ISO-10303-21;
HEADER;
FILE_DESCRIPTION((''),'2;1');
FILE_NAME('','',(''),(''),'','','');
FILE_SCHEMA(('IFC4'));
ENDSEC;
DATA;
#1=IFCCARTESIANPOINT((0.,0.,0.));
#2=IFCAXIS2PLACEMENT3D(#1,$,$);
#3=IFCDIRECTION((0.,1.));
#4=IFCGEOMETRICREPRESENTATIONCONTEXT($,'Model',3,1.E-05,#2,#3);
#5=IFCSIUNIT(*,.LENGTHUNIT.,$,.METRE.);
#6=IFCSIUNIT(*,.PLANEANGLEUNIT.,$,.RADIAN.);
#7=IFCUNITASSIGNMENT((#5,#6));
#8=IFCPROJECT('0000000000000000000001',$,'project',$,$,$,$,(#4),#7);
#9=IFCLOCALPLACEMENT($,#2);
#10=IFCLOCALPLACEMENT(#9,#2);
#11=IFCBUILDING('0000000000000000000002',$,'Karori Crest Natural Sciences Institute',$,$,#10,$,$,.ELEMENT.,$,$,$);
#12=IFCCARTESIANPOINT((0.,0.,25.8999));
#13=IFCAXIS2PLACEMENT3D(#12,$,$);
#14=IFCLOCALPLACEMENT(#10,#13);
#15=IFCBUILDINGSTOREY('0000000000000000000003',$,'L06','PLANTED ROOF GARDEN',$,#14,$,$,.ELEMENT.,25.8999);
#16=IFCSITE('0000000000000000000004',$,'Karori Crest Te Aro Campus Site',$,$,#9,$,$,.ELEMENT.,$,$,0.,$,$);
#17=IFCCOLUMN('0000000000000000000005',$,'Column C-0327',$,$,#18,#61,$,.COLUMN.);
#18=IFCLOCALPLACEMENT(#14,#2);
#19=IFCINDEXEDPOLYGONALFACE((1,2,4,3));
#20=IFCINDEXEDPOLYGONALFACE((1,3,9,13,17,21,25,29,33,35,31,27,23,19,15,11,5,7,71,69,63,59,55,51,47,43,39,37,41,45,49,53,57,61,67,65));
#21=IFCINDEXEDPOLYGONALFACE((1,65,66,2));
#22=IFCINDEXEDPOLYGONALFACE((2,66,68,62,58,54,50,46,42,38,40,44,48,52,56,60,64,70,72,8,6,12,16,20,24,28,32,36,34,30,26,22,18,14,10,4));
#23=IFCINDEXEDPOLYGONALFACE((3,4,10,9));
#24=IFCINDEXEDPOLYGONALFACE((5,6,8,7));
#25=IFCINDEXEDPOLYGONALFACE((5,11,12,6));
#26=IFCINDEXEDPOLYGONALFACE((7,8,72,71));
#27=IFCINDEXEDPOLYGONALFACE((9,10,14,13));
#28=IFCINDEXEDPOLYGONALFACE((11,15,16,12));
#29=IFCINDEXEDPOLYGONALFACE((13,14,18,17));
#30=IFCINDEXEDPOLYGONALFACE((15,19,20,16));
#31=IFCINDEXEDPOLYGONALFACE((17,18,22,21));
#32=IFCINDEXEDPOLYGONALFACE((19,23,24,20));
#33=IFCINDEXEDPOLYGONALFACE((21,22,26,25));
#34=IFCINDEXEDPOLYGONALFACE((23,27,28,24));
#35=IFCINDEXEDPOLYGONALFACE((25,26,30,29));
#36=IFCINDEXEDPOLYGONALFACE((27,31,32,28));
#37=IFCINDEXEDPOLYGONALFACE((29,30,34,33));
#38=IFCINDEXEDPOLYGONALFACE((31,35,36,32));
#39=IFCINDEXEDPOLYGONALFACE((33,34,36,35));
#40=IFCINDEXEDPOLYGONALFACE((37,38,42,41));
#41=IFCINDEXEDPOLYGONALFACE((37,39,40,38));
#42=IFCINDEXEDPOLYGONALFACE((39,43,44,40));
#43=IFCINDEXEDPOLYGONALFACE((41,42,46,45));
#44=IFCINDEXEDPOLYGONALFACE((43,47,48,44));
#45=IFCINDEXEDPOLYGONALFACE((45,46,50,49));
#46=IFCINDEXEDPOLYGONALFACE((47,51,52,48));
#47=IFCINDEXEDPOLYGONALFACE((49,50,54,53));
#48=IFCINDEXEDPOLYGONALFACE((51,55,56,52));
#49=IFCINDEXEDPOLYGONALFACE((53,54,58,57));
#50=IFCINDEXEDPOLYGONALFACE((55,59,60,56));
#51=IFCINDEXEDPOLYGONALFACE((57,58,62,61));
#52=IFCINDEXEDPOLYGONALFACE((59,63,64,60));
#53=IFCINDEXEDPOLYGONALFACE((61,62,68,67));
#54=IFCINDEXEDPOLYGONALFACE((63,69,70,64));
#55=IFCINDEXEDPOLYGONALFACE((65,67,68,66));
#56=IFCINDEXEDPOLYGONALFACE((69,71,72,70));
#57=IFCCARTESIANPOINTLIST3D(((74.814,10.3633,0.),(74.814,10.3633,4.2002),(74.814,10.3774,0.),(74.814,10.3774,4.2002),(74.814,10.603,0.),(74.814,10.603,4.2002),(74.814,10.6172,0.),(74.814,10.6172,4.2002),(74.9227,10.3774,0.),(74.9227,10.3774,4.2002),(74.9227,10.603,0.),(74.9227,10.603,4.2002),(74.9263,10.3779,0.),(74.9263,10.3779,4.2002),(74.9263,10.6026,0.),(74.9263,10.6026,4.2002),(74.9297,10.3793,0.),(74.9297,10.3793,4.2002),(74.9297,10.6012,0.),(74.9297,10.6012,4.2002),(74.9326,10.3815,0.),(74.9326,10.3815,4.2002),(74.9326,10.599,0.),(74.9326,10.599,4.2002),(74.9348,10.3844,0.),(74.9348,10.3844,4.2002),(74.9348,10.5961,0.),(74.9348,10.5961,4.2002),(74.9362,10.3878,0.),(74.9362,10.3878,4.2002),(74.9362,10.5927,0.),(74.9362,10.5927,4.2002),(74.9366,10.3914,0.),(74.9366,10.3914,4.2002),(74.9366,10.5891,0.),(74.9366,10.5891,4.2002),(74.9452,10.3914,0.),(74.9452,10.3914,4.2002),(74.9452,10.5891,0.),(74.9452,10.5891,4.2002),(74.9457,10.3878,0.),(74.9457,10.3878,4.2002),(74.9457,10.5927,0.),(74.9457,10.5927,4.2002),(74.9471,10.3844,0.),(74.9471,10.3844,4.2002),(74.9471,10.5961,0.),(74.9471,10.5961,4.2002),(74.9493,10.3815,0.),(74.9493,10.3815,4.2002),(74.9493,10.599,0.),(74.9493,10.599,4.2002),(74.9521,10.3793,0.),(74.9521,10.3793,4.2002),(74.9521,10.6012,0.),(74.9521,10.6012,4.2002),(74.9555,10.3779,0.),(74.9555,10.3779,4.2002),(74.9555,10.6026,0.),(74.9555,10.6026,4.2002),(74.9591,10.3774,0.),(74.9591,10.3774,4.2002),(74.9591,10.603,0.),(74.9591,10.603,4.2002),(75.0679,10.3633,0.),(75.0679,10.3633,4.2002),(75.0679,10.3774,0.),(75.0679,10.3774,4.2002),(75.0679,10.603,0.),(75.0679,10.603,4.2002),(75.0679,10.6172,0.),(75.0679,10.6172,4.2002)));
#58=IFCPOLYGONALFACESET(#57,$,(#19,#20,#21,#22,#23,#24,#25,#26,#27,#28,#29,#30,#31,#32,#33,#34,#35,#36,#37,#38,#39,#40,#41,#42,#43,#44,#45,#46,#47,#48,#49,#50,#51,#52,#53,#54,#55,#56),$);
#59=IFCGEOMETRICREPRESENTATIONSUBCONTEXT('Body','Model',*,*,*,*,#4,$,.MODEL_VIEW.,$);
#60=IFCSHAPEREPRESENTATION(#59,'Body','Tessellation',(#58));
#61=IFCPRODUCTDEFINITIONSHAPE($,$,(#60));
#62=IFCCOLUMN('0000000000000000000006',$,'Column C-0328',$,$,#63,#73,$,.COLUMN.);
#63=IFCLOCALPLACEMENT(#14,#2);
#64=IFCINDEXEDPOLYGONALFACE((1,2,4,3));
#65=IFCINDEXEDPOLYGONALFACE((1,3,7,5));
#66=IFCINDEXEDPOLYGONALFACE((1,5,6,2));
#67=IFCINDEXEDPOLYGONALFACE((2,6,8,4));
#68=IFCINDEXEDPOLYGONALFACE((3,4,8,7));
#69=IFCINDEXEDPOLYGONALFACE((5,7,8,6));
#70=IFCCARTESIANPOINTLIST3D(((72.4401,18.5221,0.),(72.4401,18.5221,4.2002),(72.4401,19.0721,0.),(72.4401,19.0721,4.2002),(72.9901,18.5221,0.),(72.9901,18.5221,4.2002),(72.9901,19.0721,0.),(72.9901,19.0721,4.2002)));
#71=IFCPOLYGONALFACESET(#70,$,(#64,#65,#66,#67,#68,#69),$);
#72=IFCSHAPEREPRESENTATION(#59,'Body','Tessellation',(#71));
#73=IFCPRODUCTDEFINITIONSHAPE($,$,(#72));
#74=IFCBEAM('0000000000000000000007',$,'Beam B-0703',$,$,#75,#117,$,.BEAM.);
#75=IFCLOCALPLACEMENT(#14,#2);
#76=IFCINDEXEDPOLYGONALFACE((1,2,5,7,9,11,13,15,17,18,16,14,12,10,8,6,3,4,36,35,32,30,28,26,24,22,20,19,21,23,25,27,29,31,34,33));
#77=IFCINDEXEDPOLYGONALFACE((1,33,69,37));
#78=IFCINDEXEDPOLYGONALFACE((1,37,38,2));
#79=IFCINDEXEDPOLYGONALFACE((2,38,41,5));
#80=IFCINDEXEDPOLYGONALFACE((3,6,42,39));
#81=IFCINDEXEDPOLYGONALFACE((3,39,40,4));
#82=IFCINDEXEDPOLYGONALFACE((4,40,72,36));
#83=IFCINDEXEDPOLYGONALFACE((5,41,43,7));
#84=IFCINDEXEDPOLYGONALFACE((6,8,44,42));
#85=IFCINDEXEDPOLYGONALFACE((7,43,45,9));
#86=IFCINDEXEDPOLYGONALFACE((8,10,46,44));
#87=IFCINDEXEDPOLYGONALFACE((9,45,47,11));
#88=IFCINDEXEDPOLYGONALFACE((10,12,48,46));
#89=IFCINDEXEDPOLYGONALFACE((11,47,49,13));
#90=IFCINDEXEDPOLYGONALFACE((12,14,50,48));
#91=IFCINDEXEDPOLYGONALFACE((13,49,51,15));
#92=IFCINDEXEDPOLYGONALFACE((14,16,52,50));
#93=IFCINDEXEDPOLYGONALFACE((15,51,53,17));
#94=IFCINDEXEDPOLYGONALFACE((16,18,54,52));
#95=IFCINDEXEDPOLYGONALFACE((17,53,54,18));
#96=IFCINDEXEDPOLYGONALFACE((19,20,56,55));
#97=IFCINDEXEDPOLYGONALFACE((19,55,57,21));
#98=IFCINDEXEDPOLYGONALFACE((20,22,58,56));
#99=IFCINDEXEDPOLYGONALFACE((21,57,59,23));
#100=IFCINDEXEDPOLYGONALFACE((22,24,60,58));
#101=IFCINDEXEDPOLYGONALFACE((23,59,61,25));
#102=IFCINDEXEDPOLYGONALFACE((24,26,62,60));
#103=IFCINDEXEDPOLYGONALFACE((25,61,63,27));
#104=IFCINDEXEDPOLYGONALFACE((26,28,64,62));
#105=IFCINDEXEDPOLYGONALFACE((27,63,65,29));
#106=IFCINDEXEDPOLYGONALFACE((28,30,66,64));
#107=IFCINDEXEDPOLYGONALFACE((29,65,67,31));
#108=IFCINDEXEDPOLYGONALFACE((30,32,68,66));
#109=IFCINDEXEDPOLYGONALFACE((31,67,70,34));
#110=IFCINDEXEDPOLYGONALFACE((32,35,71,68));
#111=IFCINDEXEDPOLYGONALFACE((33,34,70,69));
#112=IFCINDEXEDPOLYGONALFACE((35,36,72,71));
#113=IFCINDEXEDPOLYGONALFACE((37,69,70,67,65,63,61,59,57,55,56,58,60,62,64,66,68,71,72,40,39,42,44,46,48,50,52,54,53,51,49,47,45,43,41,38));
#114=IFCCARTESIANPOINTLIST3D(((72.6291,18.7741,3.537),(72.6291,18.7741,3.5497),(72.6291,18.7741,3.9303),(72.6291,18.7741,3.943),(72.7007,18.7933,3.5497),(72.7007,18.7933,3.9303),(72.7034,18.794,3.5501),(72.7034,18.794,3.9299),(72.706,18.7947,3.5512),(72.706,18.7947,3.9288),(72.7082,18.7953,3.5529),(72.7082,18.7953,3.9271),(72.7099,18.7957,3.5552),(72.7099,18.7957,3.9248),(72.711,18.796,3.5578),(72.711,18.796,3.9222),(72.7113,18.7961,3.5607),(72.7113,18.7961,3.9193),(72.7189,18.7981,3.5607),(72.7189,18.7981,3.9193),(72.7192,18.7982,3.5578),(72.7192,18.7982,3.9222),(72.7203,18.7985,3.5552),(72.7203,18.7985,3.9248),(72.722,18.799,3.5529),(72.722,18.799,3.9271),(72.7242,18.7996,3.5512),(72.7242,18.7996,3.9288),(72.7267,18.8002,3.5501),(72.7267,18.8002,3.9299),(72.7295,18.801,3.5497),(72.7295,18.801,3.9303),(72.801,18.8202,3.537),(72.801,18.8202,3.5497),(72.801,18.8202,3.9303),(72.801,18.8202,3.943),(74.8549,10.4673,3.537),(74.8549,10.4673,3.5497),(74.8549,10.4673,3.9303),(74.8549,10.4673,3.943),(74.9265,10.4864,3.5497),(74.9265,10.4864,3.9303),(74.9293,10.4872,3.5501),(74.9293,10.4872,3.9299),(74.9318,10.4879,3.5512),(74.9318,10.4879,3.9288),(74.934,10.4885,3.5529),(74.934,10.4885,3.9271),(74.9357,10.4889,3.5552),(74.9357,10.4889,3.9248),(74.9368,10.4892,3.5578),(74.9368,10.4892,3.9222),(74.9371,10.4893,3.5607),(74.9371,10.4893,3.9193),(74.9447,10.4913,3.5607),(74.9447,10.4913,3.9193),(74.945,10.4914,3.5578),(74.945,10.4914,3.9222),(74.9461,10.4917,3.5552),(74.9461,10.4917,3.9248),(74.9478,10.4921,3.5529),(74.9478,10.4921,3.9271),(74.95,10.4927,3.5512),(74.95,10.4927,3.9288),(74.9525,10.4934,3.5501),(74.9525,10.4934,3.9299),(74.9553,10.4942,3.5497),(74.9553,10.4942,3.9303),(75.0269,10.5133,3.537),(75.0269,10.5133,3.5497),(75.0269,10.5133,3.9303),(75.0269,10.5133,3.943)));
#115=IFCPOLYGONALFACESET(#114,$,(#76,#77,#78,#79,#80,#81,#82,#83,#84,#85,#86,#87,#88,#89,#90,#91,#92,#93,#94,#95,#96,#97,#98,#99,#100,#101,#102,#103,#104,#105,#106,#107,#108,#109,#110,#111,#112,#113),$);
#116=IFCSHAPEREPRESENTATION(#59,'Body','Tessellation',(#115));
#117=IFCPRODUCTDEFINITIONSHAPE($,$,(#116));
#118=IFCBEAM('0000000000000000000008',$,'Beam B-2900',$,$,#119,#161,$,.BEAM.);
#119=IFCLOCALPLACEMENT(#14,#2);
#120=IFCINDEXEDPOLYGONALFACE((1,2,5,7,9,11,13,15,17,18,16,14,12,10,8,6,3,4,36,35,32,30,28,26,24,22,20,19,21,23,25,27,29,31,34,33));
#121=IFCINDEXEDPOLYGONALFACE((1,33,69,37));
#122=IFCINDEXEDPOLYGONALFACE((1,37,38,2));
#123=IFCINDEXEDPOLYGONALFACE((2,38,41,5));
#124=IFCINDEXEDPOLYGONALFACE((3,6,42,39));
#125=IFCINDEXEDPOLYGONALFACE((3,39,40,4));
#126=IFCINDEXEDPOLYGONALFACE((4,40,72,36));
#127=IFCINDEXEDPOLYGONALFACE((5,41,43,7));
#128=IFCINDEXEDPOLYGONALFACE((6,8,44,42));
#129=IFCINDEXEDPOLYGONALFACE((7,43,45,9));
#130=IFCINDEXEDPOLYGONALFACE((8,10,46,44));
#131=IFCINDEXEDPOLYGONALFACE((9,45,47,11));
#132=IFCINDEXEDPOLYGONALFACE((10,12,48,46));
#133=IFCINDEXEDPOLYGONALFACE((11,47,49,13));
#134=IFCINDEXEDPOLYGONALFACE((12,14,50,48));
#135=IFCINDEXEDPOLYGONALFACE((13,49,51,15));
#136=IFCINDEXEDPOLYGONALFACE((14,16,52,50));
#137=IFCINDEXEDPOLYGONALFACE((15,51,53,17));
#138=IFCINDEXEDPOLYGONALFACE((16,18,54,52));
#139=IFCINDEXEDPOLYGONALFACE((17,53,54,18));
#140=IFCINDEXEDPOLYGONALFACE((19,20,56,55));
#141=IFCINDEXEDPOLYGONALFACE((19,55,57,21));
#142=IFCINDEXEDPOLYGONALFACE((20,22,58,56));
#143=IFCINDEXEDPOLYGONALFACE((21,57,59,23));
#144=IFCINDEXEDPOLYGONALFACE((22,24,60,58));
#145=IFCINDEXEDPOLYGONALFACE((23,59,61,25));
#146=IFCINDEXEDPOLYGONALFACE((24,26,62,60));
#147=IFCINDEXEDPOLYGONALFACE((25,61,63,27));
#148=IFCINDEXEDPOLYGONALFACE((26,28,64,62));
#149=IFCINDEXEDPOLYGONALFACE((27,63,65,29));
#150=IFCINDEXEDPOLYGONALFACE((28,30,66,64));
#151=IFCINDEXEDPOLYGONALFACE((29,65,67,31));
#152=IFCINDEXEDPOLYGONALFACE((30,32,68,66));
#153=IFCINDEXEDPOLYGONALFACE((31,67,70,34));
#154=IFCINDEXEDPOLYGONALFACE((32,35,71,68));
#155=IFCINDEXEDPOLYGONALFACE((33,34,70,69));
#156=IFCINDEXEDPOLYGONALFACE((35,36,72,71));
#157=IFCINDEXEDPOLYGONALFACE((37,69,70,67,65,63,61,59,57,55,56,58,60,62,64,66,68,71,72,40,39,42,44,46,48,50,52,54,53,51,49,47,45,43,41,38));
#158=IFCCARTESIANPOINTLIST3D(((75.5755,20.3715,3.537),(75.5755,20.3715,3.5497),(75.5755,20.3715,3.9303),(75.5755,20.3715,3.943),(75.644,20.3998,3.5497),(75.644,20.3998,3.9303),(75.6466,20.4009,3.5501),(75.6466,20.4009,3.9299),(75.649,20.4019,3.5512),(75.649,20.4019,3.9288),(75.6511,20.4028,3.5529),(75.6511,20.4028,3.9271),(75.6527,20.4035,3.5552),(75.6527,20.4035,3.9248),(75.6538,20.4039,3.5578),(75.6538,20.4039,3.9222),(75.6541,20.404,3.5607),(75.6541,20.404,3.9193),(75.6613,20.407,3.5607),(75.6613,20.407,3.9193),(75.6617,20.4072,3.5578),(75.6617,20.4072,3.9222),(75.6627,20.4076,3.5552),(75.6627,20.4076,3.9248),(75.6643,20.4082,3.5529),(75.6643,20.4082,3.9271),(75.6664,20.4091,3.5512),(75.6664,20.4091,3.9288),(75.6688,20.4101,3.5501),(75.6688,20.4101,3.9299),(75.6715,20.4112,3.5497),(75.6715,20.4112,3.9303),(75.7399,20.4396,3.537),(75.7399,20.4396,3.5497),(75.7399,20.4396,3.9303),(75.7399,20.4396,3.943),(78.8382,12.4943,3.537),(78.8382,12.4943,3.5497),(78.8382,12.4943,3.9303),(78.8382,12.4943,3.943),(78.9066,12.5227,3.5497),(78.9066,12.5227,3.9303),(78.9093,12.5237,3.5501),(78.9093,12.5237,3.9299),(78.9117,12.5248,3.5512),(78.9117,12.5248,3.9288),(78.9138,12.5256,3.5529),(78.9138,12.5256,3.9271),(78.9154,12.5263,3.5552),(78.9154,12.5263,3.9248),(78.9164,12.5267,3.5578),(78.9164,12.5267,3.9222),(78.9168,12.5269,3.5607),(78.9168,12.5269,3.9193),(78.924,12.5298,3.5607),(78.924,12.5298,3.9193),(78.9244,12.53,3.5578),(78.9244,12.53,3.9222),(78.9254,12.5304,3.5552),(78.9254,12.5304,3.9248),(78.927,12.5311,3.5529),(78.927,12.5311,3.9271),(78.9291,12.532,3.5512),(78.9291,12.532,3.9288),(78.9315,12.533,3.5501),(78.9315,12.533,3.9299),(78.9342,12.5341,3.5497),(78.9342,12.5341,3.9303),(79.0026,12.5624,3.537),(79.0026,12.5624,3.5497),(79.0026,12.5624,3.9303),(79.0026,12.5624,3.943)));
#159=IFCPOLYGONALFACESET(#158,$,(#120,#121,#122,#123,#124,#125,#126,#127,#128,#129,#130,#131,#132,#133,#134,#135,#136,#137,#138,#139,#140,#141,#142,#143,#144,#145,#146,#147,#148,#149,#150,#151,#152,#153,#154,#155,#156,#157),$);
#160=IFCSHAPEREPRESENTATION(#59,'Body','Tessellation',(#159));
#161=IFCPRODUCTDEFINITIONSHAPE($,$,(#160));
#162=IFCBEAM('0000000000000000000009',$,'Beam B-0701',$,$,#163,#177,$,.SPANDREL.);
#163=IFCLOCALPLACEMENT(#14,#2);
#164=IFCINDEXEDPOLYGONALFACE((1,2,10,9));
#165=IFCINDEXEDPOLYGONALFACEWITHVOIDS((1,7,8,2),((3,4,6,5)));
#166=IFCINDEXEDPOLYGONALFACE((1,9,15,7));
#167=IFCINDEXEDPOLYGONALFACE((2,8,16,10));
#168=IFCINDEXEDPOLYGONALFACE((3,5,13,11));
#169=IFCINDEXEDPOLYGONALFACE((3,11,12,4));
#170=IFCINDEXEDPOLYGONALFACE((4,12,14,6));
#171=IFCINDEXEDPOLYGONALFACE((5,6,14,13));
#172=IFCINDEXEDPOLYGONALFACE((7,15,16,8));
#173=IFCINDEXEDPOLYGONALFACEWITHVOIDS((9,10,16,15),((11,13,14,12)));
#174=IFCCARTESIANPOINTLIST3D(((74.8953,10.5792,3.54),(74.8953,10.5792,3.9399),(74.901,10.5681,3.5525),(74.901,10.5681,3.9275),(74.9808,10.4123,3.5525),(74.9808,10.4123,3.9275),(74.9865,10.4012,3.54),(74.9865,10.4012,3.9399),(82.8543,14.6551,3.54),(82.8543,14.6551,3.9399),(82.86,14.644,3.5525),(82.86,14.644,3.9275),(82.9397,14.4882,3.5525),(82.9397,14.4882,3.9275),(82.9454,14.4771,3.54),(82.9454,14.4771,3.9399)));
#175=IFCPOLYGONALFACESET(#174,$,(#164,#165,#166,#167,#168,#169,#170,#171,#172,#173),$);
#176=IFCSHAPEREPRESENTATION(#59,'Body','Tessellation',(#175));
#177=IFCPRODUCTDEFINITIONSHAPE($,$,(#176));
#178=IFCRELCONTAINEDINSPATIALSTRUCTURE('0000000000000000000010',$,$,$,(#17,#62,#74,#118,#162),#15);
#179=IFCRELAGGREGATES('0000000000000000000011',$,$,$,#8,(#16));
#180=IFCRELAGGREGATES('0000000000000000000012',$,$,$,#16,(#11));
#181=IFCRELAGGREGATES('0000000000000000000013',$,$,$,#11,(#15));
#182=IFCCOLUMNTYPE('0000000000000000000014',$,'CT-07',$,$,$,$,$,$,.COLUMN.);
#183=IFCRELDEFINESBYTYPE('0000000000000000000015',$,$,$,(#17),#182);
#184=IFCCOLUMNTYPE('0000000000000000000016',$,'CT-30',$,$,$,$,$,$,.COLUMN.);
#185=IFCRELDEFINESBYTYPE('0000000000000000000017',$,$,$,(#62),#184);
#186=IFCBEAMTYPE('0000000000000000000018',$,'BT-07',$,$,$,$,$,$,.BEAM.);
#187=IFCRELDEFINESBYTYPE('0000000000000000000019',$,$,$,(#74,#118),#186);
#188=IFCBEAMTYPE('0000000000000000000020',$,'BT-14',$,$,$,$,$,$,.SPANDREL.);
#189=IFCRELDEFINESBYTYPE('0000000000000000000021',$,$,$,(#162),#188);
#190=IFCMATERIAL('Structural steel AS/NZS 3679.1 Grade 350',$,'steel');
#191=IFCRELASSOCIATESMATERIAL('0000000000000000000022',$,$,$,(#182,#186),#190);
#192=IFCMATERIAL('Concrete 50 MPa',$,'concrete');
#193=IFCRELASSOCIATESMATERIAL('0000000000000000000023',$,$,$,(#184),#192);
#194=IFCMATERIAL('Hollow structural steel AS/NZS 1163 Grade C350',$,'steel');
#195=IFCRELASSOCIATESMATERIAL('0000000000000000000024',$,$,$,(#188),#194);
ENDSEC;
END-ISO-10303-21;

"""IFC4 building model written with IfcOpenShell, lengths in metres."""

from ifc_helpers import new_model, si_unit, direction, frame, origin, origin_2d, place, context, subcontext, project, spatial, rectangle, hollow_rectangle, i_section, extrude, material, material_profile, profile_set, type_object, element, save


model = new_model("IFC4")

# Units and contexts
model_context = context("Model", 3, precision=1e-05, world=origin(), true_north=direction((0.0, 1.0)))
body_context = subcontext(model_context, "Body", "Model", "MODEL_VIEW")
ifc_project = project(units=[si_unit("LENGTHUNIT", "METRE"), si_unit("PLANEANGLEUNIT", "RADIAN")], contexts=[model_context])

# Site, building, storey
site_placement = place(None, origin())
site = spatial("IfcSite", under=ifc_project, at=site_placement, Name="Karori Crest Te Aro Campus Site", CompositionType="ELEMENT", RefElevation=0.0)
building_placement = place(site_placement, origin())
building = spatial("IfcBuilding", under=site, at=building_placement, Name="Karori Crest Natural Sciences Institute", CompositionType="ELEMENT")
storey_placement = place(building_placement, frame((0.0, 0.0, 25.8999)))
storey = spatial("IfcBuildingStorey", under=building, at=storey_placement, Name="L06", Description="PLANTED ROOF GARDEN", CompositionType="ELEMENT", Elevation=25.8999)

# Columns
ifc_material_1 = material(Name="Structural steel AS/NZS 3679.1 Grade 350", Category="steel")
ifc_material_profile_1 = material_profile(ifc_material_1, i_section(OverallWidth=0.2539, OverallDepth=0.2539, WebThickness=0.0085, FlangeThickness=0.0142, FilletRadius=0.0139, at=origin_2d()), Name="250UC72.9")
ifc_profile_set_1 = profile_set([ifc_material_profile_1], Name="Structural steel AS/NZS 3679.1 Grade 350")
column_type_1 = type_object("IfcColumnType", Name="CT-07", PredefinedType="COLUMN", material=ifc_profile_set_1)
column_1_placement = place(storey_placement, frame((74.9409, 10.4902, 0.0), z_axis=(0.0, 0.0, 1.0), x_axis=(1.0, 0.0, 0.0)))
element("IfcColumn", 1, at=column_1_placement, inside=storey, type_object=column_type_1, Name="Column C-0327", PredefinedType="COLUMN", context=body_context, shape_type="SweptSolid", body=[
    extrude(i_section(OverallWidth=0.2539, OverallDepth=0.2539, WebThickness=0.0085, FlangeThickness=0.0142, FilletRadius=0.0139, at=origin_2d()), origin(), (0.0, 0.0, 1.0), 4.2002),
])
ifc_material_2 = material(Name="Concrete 50 MPa", Category="concrete")
ifc_material_profile_2 = material_profile(ifc_material_2, rectangle(XDim=0.55, YDim=0.55, at=origin_2d()), Name="RC550x550")
ifc_profile_set_2 = profile_set([ifc_material_profile_2], Name="Concrete 50 MPa")
column_type_2 = type_object("IfcColumnType", Name="CT-30", PredefinedType="COLUMN", material=ifc_profile_set_2)
column_2_placement = place(storey_placement, frame((72.7151, 18.7971, 0.0), z_axis=(0.0, 0.0, 1.0), x_axis=(1.0, 0.0, 0.0)))
element("IfcColumn", 2, at=column_2_placement, inside=storey, type_object=column_type_2, Name="Column C-0328", PredefinedType="COLUMN", context=body_context, shape_type="SweptSolid", body=[
    extrude(rectangle(XDim=0.55, YDim=0.55, at=origin_2d()), origin(), (0.0, 0.0, 1.0), 4.2002),
])

# Beams
ifc_material_profile_3 = material_profile(ifc_material_1, i_section(OverallWidth=0.178, OverallDepth=0.406, WebThickness=0.0078, FlangeThickness=0.0127, FilletRadius=0.011, at=origin_2d()), Name="410UB59.7")
ifc_profile_set_3 = profile_set([ifc_material_profile_3], Name="Structural steel AS/NZS 3679.1 Grade 350")
beam_type_1 = type_object("IfcBeamType", Name="BT-07", PredefinedType="BEAM", material=ifc_profile_set_3)
beam_1_placement = place(storey_placement, frame((72.7151, 18.7971, 3.74), z_axis=(0.25882, -0.965926, 0.0), x_axis=(0.965926, 0.25882, 0.0)))
element("IfcBeam", 3, at=beam_1_placement, inside=storey, type_object=beam_type_1, Name="Beam B-0703", PredefinedType="BEAM", context=body_context, shape_type="SweptSolid", body=[
    extrude(i_section(OverallWidth=0.178, OverallDepth=0.406, WebThickness=0.0078, FlangeThickness=0.0127, FilletRadius=0.011, at=origin_2d()), origin(), (0.0, 0.0, 1.0), 8.5999),
])
beam_2_placement = place(storey_placement, frame((75.6577, 20.4055, 3.74), z_axis=(0.382669, -0.923886, 0.0), x_axis=(0.923886, 0.382669, 0.0)))
element("IfcBeam", 4, at=beam_2_placement, inside=storey, type_object=beam_type_1, Name="Beam B-2900", PredefinedType="BEAM", context=body_context, shape_type="SweptSolid", body=[
    extrude(i_section(OverallWidth=0.178, OverallDepth=0.406, WebThickness=0.0078, FlangeThickness=0.0127, FilletRadius=0.011, at=origin_2d()), origin(), (0.0, 0.0, 1.0), 8.5261),
])
ifc_material_3 = material(Name="Hollow structural steel AS/NZS 1163 Grade C350", Category="steel")
ifc_material_profile_4 = material_profile(ifc_material_3, hollow_rectangle(XDim=0.2, YDim=0.3999, WallThickness=0.0125, at=origin_2d()), Name="RHS400x200x12.5")
ifc_profile_set_4 = profile_set([ifc_material_profile_4], Name="Hollow structural steel AS/NZS 1163 Grade C350")
beam_type_2 = type_object("IfcBeamType", Name="BT-14", PredefinedType="SPANDREL", material=ifc_profile_set_4)
beam_3_placement = place(storey_placement, frame((74.9409, 10.4902, 3.74), z_axis=(0.890072, 0.45582, 0.0), x_axis=(-0.45582, 0.890072, 0.0)))
element("IfcBeam", 5, at=beam_3_placement, inside=storey, type_object=beam_type_2, Name="Beam B-0701", PredefinedType="SPANDREL", context=body_context, shape_type="SweptSolid", body=[
    extrude(hollow_rectangle(XDim=0.2, YDim=0.3999, WallThickness=0.0125, at=origin_2d()), origin(), (0.0, 0.0, 1.0), 8.9419),
])

save(model, "model.ifc")
